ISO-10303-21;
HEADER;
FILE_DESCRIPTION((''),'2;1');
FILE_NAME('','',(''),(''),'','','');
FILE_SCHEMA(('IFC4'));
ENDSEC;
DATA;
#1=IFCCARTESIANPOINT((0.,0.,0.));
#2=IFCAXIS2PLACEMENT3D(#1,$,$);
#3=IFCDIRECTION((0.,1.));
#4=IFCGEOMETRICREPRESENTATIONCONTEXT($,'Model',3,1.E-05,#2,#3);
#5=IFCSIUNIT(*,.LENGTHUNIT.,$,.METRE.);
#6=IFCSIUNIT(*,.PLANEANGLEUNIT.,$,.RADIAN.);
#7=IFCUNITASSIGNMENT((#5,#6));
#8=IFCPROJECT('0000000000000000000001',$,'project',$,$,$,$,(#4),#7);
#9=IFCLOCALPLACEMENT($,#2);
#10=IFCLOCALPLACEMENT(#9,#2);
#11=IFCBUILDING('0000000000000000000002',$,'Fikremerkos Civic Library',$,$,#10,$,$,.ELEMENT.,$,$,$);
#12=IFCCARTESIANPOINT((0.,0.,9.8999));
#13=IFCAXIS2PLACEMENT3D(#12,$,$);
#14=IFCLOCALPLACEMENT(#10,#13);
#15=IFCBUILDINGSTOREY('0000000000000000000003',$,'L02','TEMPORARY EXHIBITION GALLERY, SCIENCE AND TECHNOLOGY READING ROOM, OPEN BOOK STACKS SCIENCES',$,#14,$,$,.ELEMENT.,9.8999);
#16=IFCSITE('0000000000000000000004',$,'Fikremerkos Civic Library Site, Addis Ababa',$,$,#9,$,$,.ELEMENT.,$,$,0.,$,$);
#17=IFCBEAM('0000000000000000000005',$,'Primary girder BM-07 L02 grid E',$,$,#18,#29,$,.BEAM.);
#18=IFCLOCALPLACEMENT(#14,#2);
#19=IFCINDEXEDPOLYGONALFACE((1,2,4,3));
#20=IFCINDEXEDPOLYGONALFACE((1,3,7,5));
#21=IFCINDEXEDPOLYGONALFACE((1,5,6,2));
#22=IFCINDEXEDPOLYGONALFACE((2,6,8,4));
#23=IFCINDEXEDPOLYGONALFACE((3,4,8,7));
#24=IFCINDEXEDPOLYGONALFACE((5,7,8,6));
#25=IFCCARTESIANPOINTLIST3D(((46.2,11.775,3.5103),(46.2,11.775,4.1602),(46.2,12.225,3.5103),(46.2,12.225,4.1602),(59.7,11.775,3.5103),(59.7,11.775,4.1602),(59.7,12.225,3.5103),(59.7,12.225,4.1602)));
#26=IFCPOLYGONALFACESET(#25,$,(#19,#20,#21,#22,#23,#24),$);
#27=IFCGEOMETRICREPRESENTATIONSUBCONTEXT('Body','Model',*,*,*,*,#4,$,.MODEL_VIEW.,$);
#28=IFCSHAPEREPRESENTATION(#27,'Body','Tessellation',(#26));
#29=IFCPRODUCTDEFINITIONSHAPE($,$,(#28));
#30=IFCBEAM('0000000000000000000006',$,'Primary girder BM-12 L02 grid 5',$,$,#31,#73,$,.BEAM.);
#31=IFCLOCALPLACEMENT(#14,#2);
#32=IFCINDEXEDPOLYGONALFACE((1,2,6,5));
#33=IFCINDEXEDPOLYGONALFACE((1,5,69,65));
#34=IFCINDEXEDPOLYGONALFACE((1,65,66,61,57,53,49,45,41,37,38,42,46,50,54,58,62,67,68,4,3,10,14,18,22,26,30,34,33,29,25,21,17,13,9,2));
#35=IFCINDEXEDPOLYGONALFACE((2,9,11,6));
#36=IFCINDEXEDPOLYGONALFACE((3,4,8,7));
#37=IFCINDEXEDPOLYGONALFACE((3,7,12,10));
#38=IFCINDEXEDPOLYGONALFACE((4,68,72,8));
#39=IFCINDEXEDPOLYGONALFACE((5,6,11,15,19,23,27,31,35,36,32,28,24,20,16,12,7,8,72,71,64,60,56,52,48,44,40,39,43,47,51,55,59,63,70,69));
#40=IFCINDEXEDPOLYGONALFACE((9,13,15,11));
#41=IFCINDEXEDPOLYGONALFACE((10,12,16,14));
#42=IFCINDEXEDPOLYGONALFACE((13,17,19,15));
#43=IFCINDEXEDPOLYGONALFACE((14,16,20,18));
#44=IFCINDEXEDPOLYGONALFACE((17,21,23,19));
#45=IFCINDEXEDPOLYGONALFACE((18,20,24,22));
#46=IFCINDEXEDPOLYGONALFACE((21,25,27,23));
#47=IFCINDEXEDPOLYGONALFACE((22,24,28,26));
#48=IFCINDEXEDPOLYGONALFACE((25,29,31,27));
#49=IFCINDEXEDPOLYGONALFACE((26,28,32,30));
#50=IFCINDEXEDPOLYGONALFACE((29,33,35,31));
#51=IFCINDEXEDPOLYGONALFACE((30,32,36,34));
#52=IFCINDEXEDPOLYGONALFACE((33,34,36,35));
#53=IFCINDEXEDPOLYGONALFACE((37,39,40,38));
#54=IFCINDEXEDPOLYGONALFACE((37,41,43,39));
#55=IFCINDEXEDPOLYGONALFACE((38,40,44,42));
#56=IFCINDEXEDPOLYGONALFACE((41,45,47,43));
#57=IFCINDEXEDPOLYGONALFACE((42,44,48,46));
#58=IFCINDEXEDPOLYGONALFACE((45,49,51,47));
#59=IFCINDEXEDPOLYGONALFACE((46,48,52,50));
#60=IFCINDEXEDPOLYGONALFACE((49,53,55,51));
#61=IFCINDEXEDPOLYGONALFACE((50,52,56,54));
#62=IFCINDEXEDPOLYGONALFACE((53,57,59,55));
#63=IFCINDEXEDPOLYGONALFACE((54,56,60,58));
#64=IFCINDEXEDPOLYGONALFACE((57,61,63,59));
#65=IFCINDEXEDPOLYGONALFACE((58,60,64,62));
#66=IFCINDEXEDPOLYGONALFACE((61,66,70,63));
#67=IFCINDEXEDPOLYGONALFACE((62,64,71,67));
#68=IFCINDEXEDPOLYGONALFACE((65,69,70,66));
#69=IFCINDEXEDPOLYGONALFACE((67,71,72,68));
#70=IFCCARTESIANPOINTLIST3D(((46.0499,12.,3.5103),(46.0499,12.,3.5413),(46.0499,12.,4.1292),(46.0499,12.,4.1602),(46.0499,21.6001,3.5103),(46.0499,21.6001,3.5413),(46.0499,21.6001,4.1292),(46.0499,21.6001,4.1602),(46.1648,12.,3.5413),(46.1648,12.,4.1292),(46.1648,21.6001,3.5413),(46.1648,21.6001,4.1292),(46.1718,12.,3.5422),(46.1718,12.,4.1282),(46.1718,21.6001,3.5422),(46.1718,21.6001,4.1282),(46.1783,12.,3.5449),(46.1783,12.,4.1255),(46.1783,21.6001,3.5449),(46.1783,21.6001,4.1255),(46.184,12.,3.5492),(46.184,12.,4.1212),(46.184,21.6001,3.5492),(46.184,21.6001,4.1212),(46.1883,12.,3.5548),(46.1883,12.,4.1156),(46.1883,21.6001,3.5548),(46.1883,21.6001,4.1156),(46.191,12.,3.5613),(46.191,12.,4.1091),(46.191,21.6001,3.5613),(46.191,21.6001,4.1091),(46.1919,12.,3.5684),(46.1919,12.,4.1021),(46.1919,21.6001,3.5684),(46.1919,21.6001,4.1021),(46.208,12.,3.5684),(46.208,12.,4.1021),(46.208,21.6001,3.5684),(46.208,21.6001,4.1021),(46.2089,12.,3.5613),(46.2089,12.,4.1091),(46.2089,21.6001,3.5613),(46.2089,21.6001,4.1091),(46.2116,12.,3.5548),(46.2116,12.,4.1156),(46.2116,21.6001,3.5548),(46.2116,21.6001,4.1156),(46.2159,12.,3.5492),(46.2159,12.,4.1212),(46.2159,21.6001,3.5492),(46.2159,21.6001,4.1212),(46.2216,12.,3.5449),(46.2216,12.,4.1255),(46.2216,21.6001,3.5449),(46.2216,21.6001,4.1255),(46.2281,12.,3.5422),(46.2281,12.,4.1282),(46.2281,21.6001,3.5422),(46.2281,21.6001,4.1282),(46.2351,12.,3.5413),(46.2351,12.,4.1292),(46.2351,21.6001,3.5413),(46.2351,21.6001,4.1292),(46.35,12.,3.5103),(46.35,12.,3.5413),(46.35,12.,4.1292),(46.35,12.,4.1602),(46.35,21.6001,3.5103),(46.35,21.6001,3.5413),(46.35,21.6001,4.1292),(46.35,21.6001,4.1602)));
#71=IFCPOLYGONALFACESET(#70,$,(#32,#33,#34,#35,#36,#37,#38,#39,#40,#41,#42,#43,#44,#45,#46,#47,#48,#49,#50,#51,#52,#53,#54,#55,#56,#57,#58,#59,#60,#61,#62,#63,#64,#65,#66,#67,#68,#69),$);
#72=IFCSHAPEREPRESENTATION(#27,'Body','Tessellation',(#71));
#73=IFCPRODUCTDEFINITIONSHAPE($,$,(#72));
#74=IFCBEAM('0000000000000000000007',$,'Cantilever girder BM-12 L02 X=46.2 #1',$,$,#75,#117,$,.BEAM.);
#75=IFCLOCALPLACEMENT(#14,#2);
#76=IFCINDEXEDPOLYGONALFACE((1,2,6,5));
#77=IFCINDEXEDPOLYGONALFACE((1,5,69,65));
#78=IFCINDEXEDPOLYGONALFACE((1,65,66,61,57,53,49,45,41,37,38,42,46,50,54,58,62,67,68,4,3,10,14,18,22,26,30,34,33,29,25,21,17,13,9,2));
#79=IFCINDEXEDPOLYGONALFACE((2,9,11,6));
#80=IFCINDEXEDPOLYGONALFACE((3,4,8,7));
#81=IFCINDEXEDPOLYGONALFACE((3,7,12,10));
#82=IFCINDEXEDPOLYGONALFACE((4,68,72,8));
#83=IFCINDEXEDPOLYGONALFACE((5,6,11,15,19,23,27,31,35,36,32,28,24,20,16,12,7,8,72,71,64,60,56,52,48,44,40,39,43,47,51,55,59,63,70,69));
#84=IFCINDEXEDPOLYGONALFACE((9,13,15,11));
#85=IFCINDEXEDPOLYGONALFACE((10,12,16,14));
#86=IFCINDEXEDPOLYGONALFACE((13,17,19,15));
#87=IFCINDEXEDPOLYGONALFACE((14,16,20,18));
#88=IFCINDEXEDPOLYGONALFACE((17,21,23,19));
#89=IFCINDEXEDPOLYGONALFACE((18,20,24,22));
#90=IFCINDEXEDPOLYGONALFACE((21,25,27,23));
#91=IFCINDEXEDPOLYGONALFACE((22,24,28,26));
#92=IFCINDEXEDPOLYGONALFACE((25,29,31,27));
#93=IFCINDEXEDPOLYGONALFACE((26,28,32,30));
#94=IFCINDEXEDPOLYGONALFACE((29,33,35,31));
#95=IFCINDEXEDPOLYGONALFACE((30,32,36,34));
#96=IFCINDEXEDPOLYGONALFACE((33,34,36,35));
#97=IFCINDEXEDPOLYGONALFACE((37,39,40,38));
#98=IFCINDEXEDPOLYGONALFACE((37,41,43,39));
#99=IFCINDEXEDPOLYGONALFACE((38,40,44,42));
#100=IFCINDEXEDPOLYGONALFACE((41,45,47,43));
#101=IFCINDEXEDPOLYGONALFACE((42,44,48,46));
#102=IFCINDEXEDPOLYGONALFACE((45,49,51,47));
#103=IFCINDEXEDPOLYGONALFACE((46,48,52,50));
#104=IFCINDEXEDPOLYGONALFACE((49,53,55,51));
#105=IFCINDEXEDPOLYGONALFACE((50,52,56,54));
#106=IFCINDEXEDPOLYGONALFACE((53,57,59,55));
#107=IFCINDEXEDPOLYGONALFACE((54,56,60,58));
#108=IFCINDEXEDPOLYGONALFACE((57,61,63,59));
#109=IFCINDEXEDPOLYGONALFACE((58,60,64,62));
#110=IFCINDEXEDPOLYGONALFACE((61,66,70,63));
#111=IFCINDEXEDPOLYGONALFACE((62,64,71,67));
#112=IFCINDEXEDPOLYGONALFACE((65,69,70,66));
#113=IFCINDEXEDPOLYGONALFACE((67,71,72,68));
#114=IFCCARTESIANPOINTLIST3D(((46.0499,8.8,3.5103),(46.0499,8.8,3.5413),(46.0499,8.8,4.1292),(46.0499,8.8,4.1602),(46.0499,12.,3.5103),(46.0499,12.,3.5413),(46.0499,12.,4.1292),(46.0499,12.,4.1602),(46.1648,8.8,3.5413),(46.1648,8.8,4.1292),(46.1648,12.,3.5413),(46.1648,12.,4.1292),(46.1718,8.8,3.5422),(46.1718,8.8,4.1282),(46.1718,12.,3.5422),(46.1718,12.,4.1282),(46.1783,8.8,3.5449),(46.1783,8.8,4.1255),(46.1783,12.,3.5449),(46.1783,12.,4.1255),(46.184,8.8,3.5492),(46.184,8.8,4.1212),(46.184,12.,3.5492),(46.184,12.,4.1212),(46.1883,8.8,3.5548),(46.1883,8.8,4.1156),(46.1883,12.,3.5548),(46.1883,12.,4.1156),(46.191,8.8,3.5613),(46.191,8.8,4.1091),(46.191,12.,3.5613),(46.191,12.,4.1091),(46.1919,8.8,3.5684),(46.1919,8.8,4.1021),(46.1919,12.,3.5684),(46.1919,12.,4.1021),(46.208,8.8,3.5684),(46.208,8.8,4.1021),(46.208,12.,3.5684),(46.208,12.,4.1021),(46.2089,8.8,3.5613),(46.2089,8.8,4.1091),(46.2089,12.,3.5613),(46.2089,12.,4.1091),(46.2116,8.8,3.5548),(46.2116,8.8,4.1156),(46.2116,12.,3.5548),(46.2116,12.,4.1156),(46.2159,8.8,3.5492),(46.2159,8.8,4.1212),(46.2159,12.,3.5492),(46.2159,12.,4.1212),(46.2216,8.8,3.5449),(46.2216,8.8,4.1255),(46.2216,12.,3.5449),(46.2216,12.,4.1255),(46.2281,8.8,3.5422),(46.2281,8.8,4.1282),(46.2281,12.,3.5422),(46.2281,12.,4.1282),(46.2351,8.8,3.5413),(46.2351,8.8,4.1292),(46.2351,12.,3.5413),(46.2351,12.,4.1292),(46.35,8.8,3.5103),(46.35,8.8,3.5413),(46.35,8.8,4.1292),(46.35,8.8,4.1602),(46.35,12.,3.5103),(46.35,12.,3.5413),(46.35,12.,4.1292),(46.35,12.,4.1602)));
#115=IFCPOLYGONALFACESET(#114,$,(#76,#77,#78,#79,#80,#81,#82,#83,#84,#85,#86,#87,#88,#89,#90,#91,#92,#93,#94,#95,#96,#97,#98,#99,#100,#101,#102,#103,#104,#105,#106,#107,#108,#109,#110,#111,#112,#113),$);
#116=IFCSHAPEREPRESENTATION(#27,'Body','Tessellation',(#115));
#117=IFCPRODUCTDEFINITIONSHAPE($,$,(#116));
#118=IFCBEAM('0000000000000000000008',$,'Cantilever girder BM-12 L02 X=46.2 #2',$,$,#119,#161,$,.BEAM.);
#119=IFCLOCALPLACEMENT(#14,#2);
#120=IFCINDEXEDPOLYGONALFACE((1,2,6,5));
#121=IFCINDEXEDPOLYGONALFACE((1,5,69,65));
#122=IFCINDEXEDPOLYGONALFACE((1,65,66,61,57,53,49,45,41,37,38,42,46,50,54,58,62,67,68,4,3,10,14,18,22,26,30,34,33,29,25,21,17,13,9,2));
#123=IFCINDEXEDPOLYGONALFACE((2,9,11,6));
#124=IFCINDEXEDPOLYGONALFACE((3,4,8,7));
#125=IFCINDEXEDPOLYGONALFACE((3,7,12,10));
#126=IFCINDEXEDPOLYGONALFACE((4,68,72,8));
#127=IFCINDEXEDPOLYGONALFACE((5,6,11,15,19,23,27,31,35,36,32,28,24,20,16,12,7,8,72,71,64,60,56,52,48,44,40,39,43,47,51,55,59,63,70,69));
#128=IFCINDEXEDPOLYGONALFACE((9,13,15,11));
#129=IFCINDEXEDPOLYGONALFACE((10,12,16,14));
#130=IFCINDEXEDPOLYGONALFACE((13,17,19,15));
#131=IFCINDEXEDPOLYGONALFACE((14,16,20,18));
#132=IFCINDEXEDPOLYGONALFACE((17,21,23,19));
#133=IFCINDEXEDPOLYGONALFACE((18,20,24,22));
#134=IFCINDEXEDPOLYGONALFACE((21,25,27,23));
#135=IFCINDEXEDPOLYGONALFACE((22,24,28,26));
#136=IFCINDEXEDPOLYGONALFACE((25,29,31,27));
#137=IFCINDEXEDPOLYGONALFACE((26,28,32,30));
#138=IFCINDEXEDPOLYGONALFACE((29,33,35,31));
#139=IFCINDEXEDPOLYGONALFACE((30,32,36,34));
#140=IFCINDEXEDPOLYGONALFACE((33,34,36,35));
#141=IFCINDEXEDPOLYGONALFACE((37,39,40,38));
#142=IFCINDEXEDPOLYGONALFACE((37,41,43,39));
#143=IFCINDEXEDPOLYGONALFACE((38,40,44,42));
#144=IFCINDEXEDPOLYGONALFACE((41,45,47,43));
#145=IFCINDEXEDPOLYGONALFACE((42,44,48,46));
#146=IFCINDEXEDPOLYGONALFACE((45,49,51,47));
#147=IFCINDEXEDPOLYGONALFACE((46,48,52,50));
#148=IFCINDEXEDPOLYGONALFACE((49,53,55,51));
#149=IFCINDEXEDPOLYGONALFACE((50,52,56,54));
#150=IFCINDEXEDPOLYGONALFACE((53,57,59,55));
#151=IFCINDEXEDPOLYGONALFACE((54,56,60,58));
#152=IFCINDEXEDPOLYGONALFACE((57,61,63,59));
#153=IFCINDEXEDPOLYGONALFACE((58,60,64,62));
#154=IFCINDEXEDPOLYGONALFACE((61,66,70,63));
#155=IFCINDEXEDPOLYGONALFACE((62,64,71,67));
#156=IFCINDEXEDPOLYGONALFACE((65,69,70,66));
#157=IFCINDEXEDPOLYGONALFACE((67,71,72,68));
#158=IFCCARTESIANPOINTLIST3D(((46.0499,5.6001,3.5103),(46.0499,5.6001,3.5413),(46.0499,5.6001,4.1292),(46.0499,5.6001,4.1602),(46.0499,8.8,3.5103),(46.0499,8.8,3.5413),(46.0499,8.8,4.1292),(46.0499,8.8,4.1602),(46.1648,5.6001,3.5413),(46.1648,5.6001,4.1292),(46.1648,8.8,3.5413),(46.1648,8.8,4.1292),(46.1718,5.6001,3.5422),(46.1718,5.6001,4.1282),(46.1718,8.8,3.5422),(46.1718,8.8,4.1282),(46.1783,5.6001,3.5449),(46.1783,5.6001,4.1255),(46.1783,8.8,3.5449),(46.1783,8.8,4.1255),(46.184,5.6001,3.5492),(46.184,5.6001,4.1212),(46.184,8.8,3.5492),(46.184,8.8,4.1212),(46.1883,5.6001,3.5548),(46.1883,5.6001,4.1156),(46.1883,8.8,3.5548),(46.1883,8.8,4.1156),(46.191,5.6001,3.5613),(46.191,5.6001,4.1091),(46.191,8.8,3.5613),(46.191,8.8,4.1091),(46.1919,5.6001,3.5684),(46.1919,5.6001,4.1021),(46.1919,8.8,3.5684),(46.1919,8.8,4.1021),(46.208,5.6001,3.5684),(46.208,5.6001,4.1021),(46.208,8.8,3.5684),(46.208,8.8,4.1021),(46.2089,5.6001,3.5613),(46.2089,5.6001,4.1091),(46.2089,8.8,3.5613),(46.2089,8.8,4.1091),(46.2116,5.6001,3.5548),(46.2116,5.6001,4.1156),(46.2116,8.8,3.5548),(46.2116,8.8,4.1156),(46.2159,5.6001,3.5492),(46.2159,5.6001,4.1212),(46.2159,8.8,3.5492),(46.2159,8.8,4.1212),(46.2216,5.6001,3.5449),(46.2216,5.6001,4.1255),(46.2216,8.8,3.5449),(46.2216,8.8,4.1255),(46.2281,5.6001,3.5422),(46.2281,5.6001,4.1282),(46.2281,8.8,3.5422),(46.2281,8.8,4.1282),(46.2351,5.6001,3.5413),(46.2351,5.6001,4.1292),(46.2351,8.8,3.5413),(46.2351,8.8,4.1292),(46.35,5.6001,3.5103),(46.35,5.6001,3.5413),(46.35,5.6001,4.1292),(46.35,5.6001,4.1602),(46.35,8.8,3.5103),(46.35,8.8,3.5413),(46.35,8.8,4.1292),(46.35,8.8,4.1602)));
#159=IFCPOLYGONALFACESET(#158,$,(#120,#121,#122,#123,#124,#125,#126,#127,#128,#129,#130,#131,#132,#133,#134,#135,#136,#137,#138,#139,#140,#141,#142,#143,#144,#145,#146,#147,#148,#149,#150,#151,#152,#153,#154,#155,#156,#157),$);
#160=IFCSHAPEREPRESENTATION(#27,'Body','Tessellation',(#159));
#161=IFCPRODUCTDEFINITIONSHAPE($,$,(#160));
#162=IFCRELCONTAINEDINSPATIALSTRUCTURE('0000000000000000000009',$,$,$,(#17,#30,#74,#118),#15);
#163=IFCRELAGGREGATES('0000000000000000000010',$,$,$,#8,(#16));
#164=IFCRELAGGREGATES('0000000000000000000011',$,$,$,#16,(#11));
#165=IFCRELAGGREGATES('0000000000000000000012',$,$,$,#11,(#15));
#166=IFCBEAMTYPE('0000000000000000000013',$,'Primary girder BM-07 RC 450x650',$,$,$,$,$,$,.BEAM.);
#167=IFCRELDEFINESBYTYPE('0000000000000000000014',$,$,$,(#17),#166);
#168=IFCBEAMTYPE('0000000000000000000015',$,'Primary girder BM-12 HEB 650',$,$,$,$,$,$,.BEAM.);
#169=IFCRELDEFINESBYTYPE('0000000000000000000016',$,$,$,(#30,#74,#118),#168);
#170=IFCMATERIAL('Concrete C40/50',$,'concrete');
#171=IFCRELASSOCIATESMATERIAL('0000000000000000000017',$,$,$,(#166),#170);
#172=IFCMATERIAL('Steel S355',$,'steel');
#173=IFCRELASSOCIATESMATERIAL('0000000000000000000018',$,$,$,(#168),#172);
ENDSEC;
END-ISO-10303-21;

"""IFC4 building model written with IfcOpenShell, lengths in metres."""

from ifc_helpers import new_model, si_unit, direction, frame, origin, origin_2d, place, context, subcontext, project, spatial, rectangle, i_section, extrude, material, material_profile, profile_set, type_object, element, save


model = new_model("IFC4")

# Units and contexts
model_context = context("Model", 3, precision=1e-05, world=origin(), true_north=direction((0.0, 1.0)))
body_context = subcontext(model_context, "Body", "Model", "MODEL_VIEW")
ifc_project = project(units=[si_unit("LENGTHUNIT", "METRE"), si_unit("PLANEANGLEUNIT", "RADIAN")], contexts=[model_context])

# Site, building, storey
site_placement = place(None, origin())
site = spatial("IfcSite", under=ifc_project, at=site_placement, Name="Fikremerkos Civic Library Site, Addis Ababa", CompositionType="ELEMENT", RefElevation=0.0)
building_placement = place(site_placement, origin())
building = spatial("IfcBuilding", under=site, at=building_placement, Name="Fikremerkos Civic Library", CompositionType="ELEMENT")
storey_placement = place(building_placement, frame((0.0, 0.0, 9.8999)))
storey = spatial("IfcBuildingStorey", under=building, at=storey_placement, Name="L02", Description="TEMPORARY EXHIBITION GALLERY, SCIENCE AND TECHNOLOGY READING ROOM, OPEN BOOK STACKS SCIENCES", CompositionType="ELEMENT", Elevation=9.8999)

# Shared definitions
ifc_material_1 = material(Name="Concrete C40/50", Category="concrete")
ifc_material_2 = material(Name="Steel S355", Category="steel")

# Beams
ifc_material_profile_1 = material_profile(ifc_material_1, rectangle(XDim=0.45, YDim=0.6499, at=origin_2d()), Name="RC 450x650")
ifc_profile_set_1 = profile_set([ifc_material_profile_1], Name="Concrete C40/50")
beam_type_1 = type_object("IfcBeamType", Name="Primary girder BM-07 RC 450x650", PredefinedType="BEAM", material=ifc_profile_set_1)
beam_1_placement = place(storey_placement, frame((46.2, 12.0, 3.8352), z_axis=(1.0, 0.0, 0.0), x_axis=(0.0, 1.0, 0.0)))
element("IfcBeam", 1, at=beam_1_placement, inside=storey, type_object=beam_type_1, Name="Primary girder BM-07 L02 grid E", PredefinedType="BEAM", context=body_context, shape_type="SweptSolid", body=[
    extrude(rectangle(XDim=0.45, YDim=0.6499, at=origin_2d()), origin(), (0.0, 0.0, 1.0), 13.5),
])
ifc_material_profile_2 = material_profile(ifc_material_2, i_section(OverallWidth=0.3, OverallDepth=0.6499, WebThickness=0.0161, FlangeThickness=0.031, FilletRadius=0.0271, at=origin_2d()), Name="HEB 650")
ifc_profile_set_2 = profile_set([ifc_material_profile_2], Name="Steel S355")
beam_type_2 = type_object("IfcBeamType", Name="Primary girder BM-12 HEB 650", PredefinedType="BEAM", material=ifc_profile_set_2)
beam_2_placement = place(storey_placement, frame((46.2, 12.0, 3.8352), z_axis=(0.0, 1.0, 0.0), x_axis=(-1.0, 0.0, 0.0)))
element("IfcBeam", 2, at=beam_2_placement, inside=storey, type_object=beam_type_2, Name="Primary girder BM-12 L02 grid 5", PredefinedType="BEAM", context=body_context, shape_type="SweptSolid", body=[
    extrude(i_section(OverallWidth=0.3, OverallDepth=0.6499, WebThickness=0.0161, FlangeThickness=0.031, FilletRadius=0.0271, at=origin_2d()), origin(), (0.0, 0.0, 1.0), 9.6001),
])
for number, where, z_axis, x_axis, name in (
    (3, (46.2, 12.0, 3.8352), (0.0, -1.0, 0.0), (1.0, 0.0, 0.0), "Cantilever girder BM-12 L02 X=46.2 #1"),
    (4, (46.2, 8.8, 3.8352), (0.0, -1.0, 0.0), (1.0, 0.0, 0.0), "Cantilever girder BM-12 L02 X=46.2 #2"),
):
    element("IfcBeam", number, at=place(storey_placement, frame(where, z_axis=z_axis, x_axis=x_axis)), inside=storey, type_object=beam_type_2, Name=name, PredefinedType="BEAM", context=body_context, shape_type="SweptSolid", body=[
        extrude(i_section(OverallWidth=0.3, OverallDepth=0.6499, WebThickness=0.0161, FlangeThickness=0.031, FilletRadius=0.0271, at=origin_2d()), origin(), (0.0, 0.0, 1.0), 3.2),
    ])

save(model, "model.ifc")
